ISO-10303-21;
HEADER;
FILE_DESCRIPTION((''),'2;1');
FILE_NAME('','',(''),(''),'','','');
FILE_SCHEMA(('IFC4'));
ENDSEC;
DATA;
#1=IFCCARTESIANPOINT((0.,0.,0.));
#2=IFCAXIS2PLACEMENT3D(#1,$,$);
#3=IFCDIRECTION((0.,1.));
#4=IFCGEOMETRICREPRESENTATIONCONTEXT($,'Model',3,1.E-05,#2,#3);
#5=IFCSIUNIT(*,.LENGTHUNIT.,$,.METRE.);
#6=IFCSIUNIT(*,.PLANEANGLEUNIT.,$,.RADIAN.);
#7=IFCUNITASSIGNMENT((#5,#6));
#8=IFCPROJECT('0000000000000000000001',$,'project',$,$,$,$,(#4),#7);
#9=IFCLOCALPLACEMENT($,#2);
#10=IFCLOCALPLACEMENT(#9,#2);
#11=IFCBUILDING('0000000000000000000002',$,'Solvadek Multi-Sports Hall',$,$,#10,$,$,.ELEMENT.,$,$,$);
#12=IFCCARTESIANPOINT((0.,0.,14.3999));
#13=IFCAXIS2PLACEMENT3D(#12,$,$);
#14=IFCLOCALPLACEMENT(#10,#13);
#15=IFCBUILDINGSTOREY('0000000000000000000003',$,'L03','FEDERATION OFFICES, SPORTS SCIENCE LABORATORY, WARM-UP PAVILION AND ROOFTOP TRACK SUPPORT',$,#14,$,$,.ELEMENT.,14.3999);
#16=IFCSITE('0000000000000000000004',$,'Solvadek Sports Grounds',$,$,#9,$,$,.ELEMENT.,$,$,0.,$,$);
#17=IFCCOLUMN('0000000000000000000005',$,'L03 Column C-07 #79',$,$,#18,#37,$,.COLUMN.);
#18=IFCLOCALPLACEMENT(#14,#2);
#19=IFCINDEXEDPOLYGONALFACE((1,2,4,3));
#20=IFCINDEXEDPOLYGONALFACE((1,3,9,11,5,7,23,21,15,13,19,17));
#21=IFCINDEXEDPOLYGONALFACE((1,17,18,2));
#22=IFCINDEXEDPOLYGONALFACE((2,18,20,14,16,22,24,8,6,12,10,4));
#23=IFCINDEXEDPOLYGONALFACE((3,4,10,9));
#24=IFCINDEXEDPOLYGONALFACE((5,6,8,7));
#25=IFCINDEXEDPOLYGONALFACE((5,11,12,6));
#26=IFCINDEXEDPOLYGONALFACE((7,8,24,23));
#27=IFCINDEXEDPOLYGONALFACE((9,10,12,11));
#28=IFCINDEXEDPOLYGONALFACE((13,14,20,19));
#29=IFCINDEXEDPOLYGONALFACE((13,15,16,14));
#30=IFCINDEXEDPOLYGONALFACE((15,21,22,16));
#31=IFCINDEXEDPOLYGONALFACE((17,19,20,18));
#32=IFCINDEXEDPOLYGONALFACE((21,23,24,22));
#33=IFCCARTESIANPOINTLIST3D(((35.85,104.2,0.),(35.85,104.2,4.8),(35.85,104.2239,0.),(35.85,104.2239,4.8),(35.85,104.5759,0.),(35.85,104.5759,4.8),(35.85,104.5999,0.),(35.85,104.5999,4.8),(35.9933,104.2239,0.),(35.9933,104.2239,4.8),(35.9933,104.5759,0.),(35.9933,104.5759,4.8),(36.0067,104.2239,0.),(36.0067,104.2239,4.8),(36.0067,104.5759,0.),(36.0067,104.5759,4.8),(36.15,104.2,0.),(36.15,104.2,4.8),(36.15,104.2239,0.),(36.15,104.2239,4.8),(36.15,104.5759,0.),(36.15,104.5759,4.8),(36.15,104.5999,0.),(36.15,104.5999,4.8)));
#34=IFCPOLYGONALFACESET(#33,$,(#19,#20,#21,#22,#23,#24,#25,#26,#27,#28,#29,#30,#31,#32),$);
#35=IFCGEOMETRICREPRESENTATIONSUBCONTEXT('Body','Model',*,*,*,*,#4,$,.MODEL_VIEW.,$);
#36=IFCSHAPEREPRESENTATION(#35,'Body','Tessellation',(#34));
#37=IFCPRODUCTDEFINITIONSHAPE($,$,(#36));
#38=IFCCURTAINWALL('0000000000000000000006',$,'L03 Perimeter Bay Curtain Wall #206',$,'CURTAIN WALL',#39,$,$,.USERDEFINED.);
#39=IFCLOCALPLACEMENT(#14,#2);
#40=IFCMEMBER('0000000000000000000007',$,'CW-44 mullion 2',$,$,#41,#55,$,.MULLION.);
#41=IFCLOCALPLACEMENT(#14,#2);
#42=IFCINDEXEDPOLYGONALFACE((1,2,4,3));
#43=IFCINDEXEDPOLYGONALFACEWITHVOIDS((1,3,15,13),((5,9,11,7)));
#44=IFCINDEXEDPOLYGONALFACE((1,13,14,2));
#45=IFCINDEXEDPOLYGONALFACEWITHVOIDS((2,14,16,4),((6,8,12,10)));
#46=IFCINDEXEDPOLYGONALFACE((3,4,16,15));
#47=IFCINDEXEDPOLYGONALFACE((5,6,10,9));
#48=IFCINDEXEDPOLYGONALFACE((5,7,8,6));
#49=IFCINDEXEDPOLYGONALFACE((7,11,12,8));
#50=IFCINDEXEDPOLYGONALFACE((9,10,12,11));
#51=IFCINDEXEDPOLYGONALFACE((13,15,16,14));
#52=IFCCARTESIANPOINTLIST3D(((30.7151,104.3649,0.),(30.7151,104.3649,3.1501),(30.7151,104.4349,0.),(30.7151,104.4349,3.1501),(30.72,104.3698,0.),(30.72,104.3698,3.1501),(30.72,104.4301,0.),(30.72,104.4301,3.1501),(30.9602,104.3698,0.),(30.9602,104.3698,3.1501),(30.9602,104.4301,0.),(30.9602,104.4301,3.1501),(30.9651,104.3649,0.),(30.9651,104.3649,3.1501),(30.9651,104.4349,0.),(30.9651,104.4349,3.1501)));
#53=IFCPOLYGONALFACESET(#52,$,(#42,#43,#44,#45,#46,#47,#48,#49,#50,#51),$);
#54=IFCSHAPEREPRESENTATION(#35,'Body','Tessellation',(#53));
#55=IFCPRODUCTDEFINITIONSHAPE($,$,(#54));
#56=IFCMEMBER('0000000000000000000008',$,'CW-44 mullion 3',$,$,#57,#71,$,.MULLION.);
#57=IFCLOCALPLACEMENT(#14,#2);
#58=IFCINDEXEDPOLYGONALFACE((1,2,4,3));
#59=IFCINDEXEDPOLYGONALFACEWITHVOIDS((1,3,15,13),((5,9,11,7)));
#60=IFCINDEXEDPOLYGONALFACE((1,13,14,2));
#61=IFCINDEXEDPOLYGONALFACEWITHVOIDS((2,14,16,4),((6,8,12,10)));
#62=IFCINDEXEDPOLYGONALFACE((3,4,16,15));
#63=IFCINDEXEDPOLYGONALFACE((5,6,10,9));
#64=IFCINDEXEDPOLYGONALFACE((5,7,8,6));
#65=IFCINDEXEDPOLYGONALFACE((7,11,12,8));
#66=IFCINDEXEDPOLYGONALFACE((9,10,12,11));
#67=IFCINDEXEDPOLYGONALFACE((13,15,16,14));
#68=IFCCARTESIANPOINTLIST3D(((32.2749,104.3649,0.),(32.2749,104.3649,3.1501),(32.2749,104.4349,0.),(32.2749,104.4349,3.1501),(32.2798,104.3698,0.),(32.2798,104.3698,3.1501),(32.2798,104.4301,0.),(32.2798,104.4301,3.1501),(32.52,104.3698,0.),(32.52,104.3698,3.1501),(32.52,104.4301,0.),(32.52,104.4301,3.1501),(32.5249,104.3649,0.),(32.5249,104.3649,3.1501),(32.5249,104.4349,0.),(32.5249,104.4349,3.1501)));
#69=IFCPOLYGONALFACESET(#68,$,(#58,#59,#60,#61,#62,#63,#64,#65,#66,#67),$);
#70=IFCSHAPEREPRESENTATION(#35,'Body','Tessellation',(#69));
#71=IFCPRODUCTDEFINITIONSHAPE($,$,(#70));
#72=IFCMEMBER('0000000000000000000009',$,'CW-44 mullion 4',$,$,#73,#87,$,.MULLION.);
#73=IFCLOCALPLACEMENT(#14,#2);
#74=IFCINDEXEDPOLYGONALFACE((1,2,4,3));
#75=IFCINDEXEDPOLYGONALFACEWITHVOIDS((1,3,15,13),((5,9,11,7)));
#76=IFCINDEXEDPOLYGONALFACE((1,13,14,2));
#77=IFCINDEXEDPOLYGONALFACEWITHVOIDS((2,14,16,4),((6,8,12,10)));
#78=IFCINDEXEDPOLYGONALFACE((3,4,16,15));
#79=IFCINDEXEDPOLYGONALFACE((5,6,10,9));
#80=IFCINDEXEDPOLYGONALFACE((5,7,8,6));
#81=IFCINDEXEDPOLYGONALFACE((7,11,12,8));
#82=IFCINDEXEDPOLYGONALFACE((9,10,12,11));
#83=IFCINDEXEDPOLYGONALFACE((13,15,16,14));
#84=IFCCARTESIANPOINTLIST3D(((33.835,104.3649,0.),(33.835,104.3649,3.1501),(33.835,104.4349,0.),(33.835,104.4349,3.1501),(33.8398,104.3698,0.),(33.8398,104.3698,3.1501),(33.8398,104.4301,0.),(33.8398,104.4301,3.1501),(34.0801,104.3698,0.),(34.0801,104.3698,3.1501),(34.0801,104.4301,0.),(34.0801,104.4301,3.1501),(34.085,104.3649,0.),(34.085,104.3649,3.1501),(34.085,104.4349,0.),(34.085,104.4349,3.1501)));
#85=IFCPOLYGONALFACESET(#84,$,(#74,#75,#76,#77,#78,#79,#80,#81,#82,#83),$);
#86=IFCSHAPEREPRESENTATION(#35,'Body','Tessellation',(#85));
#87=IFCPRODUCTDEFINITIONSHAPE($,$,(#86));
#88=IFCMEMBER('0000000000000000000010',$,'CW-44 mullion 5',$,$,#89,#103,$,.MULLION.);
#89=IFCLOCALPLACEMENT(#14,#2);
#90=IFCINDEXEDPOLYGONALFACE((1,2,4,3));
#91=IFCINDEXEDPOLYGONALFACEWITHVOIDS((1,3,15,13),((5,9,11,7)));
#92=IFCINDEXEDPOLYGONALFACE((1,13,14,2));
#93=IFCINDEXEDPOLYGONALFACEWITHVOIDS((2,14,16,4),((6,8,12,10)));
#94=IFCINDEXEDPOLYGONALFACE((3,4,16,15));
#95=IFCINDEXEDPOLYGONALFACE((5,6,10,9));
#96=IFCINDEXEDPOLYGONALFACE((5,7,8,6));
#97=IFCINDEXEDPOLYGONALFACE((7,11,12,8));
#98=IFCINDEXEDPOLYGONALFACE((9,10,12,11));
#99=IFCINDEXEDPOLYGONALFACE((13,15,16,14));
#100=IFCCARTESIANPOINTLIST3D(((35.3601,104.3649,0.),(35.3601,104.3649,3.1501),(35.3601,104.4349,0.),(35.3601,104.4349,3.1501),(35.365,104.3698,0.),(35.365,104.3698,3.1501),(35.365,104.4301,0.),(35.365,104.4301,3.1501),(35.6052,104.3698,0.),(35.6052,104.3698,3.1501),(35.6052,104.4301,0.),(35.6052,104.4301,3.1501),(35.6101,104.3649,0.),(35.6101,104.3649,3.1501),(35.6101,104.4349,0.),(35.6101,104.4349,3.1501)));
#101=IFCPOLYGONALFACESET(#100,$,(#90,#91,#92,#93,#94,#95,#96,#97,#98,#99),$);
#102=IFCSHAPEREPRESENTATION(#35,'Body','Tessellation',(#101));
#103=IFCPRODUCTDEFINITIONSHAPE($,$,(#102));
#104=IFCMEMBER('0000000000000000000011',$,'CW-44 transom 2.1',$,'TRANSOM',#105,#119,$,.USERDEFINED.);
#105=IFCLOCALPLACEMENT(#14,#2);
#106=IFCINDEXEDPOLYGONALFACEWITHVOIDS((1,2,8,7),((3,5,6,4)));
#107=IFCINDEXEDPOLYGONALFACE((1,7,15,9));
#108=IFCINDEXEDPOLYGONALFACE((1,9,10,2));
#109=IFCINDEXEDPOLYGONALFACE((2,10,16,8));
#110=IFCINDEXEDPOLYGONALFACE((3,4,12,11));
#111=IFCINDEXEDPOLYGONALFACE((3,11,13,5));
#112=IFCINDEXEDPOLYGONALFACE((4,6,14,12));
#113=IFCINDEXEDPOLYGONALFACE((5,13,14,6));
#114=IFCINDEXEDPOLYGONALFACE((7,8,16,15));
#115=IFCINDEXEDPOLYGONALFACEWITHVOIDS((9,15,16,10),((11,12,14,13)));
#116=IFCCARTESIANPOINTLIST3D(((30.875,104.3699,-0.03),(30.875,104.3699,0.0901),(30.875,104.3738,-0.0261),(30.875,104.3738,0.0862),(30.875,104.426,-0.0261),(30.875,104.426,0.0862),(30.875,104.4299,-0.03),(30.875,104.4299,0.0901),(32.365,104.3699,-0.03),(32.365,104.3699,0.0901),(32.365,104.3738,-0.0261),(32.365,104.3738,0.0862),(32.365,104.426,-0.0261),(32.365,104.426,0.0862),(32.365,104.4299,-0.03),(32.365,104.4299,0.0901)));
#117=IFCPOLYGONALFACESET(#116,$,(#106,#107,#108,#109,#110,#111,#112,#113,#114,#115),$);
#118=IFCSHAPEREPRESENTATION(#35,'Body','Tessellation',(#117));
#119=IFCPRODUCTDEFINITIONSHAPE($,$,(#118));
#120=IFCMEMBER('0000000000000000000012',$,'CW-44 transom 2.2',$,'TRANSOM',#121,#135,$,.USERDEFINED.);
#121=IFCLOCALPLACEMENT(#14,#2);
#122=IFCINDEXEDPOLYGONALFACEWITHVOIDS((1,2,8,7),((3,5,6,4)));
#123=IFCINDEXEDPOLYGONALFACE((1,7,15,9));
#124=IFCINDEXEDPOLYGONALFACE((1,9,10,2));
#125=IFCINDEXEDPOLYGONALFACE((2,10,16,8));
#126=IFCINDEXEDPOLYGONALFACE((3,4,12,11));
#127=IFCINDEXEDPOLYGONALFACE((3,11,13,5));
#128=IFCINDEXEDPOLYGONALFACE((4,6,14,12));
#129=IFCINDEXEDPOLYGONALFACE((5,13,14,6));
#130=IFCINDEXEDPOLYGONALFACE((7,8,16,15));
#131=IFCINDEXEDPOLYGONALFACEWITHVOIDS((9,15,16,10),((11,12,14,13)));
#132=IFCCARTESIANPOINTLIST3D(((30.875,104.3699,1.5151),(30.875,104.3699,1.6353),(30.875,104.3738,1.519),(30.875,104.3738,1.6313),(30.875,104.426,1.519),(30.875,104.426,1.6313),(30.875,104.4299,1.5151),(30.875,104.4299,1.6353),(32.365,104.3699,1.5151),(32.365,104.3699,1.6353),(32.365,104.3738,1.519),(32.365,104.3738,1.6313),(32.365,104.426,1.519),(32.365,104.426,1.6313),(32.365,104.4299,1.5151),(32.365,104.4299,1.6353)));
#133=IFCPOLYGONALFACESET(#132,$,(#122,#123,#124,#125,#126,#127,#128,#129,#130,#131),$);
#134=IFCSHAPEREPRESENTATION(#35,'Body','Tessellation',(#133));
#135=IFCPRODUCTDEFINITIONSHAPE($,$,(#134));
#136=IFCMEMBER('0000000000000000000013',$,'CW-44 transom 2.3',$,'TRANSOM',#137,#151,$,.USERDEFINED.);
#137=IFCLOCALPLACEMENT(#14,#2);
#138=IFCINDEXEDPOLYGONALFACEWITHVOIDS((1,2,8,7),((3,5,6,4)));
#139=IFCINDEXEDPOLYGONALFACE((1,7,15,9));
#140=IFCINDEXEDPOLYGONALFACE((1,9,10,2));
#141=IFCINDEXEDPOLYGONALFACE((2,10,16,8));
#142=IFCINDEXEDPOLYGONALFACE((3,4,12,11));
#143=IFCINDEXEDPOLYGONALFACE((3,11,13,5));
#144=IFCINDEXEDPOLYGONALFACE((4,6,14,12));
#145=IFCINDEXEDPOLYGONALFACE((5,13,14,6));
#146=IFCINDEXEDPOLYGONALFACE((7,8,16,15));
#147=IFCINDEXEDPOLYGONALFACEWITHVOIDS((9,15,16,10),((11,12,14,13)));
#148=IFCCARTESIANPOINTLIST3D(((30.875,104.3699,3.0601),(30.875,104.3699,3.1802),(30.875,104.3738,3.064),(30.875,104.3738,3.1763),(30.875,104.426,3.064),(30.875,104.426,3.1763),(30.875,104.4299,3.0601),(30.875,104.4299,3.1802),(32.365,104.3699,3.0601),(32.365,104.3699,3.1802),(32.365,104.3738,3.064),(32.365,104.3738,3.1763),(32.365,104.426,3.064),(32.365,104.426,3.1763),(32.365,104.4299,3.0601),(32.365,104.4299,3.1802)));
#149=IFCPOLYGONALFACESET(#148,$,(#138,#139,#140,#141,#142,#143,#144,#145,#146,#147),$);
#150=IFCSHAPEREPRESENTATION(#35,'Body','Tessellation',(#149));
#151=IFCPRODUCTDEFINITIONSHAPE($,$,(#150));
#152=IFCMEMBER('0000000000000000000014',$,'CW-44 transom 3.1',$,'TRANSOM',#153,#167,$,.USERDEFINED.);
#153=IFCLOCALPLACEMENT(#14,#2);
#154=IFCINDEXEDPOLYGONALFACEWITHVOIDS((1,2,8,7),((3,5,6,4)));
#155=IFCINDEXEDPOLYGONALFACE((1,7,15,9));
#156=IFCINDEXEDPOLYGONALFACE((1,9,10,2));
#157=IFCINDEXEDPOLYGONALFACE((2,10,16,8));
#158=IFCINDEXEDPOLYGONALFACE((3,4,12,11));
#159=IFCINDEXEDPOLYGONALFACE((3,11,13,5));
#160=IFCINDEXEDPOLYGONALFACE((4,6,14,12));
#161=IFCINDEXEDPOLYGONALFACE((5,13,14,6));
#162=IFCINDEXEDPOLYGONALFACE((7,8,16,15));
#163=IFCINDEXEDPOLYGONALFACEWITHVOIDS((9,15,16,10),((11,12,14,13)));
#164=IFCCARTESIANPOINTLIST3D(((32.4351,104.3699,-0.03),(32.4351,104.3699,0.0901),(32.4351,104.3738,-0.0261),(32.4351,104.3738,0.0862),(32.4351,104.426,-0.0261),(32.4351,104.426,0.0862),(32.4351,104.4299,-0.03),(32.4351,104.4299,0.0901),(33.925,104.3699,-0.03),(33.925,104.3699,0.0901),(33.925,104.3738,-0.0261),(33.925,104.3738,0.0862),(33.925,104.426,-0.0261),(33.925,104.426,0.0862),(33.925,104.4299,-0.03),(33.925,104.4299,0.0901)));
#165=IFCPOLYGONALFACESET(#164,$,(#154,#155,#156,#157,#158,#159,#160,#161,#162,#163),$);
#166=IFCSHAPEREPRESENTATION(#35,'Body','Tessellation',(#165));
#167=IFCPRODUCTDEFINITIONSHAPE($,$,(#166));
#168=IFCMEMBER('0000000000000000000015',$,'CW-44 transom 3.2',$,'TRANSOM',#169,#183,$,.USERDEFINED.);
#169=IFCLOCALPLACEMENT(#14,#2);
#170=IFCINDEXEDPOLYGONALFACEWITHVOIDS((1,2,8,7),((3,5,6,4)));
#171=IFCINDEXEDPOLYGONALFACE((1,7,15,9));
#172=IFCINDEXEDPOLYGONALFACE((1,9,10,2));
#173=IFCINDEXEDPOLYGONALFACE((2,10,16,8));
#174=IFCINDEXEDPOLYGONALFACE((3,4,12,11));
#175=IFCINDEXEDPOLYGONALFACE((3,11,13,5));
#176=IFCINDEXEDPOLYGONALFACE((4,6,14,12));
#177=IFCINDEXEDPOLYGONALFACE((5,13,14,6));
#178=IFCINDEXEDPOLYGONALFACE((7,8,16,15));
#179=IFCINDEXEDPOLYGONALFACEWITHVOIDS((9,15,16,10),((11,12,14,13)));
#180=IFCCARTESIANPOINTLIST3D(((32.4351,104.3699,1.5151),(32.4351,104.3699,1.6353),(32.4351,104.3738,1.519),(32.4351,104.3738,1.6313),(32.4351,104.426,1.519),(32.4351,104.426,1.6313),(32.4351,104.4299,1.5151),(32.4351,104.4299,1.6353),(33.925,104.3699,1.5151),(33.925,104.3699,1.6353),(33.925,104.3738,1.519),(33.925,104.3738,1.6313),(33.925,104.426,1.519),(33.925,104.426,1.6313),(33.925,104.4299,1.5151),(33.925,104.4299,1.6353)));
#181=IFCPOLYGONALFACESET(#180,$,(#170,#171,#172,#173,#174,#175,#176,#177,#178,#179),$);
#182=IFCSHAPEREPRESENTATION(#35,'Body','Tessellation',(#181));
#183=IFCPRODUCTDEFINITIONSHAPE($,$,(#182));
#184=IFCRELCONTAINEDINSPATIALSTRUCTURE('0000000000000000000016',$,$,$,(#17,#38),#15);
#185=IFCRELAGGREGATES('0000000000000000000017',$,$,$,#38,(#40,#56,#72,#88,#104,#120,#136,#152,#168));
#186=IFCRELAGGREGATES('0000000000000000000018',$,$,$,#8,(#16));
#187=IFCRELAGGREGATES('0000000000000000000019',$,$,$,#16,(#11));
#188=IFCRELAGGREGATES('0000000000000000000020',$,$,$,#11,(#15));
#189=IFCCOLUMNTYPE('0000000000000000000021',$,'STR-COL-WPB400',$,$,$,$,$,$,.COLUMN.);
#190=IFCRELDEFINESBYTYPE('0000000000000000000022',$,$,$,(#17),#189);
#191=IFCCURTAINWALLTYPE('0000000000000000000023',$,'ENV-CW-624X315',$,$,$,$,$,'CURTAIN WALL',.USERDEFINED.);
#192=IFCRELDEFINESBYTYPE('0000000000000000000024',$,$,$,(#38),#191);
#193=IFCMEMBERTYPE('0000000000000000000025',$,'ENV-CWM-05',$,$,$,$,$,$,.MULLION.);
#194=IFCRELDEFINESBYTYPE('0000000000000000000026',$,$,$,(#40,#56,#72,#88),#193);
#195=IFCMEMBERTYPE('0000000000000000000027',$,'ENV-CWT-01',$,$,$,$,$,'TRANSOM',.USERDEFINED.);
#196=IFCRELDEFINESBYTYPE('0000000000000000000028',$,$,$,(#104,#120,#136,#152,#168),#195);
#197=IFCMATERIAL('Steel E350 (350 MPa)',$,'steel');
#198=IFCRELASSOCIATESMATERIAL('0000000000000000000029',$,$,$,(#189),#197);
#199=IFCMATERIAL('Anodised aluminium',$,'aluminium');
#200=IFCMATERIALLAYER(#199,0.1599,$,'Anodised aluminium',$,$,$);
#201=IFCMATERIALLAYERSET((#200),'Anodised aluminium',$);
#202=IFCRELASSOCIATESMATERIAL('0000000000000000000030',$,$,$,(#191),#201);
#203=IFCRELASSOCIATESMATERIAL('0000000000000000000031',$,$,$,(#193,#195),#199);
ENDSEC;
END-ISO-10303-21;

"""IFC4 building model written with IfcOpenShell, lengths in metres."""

from ifc_helpers import new_model, si_unit, direction, frame, origin, origin_2d, place, context, subcontext, project, spatial, hollow_rectangle, i_section, extrude, material, layer, layer_set, material_profile, profile_set, type_object, element, aggregate, save


model = new_model("IFC4")

# Units and contexts
model_context = context("Model", 3, precision=1e-05, world=origin(), true_north=direction((0.0, 1.0)))
body_context = subcontext(model_context, "Body", "Model", "MODEL_VIEW")
ifc_project = project(units=[si_unit("LENGTHUNIT", "METRE"), si_unit("PLANEANGLEUNIT", "RADIAN")], contexts=[model_context])

# Site, building, storey
site_placement = place(None, origin())
site = spatial("IfcSite", under=ifc_project, at=site_placement, Name="Solvadek Sports Grounds", CompositionType="ELEMENT", RefElevation=0.0)
building_placement = place(site_placement, origin())
building = spatial("IfcBuilding", under=site, at=building_placement, Name="Solvadek Multi-Sports Hall", CompositionType="ELEMENT")
storey_placement = place(building_placement, frame((0.0, 0.0, 14.3999)))
storey = spatial("IfcBuildingStorey", under=building, at=storey_placement, Name="L03", Description="FEDERATION OFFICES, SPORTS SCIENCE LABORATORY, WARM-UP PAVILION AND ROOFTOP TRACK SUPPORT", CompositionType="ELEMENT", Elevation=14.3999)

# Column
ifc_material_1 = material(Name="Steel E350 (350 MPa)", Category="steel")
ifc_material_profile_1 = material_profile(ifc_material_1, i_section(OverallWidth=0.3, OverallDepth=0.3999, WebThickness=0.0134, FlangeThickness=0.0239, at=origin_2d()), Name="WPB 400")
ifc_profile_set_1 = profile_set([ifc_material_profile_1], Name="Steel E350 (350 MPa)")
column_type = type_object("IfcColumnType", Name="STR-COL-WPB400", PredefinedType="COLUMN", material=ifc_profile_set_1)
column_placement = place(storey_placement, frame((36.0, 104.3999, 0.0), z_axis=(0.0, 0.0, 1.0), x_axis=(1.0, 0.0, 0.0)))
element("IfcColumn", 1, at=column_placement, inside=storey, type_object=column_type, Name="L03 Column C-07 #79", PredefinedType="COLUMN", context=body_context, shape_type="SweptSolid", body=[
    extrude(i_section(OverallWidth=0.3, OverallDepth=0.3999, WebThickness=0.0134, FlangeThickness=0.0239, at=origin_2d()), origin(), (0.0, 0.0, 1.0), 4.8),
])

# Curtain wall, members
ifc_material_2 = material(Name="Anodised aluminium", Category="aluminium")
ifc_layer_1 = layer(ifc_material_2, 0.1599, Name="Anodised aluminium")
ifc_layer_set_1 = layer_set([ifc_layer_1], Name="Anodised aluminium")
curtain_wall_type = type_object("IfcCurtainWallType", Name="ENV-CW-624X315", ElementType="CURTAIN WALL", PredefinedType="USERDEFINED", material=ifc_layer_set_1)
curtain_wall_placement = place(storey_placement, origin())
curtain_wall = element("IfcCurtainWall", 2, at=curtain_wall_placement, inside=storey, type_object=curtain_wall_type, Name="L03 Perimeter Bay Curtain Wall #206", ObjectType="CURTAIN WALL", PredefinedType="USERDEFINED")
ifc_material_profile_2 = material_profile(ifc_material_2, hollow_rectangle(XDim=0.0701, YDim=0.25, WallThickness=0.0049, at=origin_2d()), Name="ALU-M 250x70x5")
ifc_profile_set_2 = profile_set([ifc_material_profile_2], Name="Anodised aluminium")
member_type_1 = type_object("IfcMemberType", Name="ENV-CWM-05", PredefinedType="MULLION", material=ifc_profile_set_2)
member_1_placement = place(storey_placement, frame((30.8401, 104.3999, 0.0), z_axis=(0.0, 0.0, 1.0), x_axis=(0.0, 1.0, 0.0)))
member_1 = element("IfcMember", 3, at=member_1_placement, type_object=member_type_1, Name="CW-44 mullion 2", PredefinedType="MULLION", context=body_context, shape_type="SweptSolid", body=[
    extrude(hollow_rectangle(XDim=0.0701, YDim=0.25, WallThickness=0.0049, at=origin_2d()), origin(), (0.0, 0.0, 1.0), 3.1501),
])
member_2_placement = place(storey_placement, frame((32.3999, 104.3999, 0.0), z_axis=(0.0, 0.0, 1.0), x_axis=(0.0, 1.0, 0.0)))
member_2 = element("IfcMember", 4, at=member_2_placement, type_object=member_type_1, Name="CW-44 mullion 3", PredefinedType="MULLION", context=body_context, shape_type="SweptSolid", body=[
    extrude(hollow_rectangle(XDim=0.0701, YDim=0.25, WallThickness=0.0049, at=origin_2d()), origin(), (0.0, 0.0, 1.0), 3.1501),
])
member_3_placement = place(storey_placement, frame((33.96, 104.3999, 0.0), z_axis=(0.0, 0.0, 1.0), x_axis=(0.0, 1.0, 0.0)))
member_3 = element("IfcMember", 5, at=member_3_placement, type_object=member_type_1, Name="CW-44 mullion 4", PredefinedType="MULLION", context=body_context, shape_type="SweptSolid", body=[
    extrude(hollow_rectangle(XDim=0.0701, YDim=0.25, WallThickness=0.0049, at=origin_2d()), origin(), (0.0, 0.0, 1.0), 3.1501),
])
member_4_placement = place(storey_placement, frame((35.4851, 104.3999, 0.0), z_axis=(0.0, 0.0, 1.0), x_axis=(0.0, 1.0, 0.0)))
member_4 = element("IfcMember", 6, at=member_4_placement, type_object=member_type_1, Name="CW-44 mullion 5", PredefinedType="MULLION", context=body_context, shape_type="SweptSolid", body=[
    extrude(hollow_rectangle(XDim=0.0701, YDim=0.25, WallThickness=0.0049, at=origin_2d()), origin(), (0.0, 0.0, 1.0), 3.1501),
])
ifc_material_profile_3 = material_profile(ifc_material_2, hollow_rectangle(XDim=0.0601, YDim=0.1201, WallThickness=0.0039, at=origin_2d()), Name="ALU-T 120x60x4")
ifc_profile_set_3 = profile_set([ifc_material_profile_3], Name="Anodised aluminium")
member_type_2 = type_object("IfcMemberType", Name="ENV-CWT-01", ElementType="TRANSOM", PredefinedType="USERDEFINED", material=ifc_profile_set_3)
member_5_placement = place(storey_placement, frame((30.875, 104.3999, 0.03), z_axis=(1.0, 0.0, 0.0), x_axis=(0.0, 1.0, 0.0)))
member_5 = element("IfcMember", 7, at=member_5_placement, type_object=member_type_2, Name="CW-44 transom 2.1", ObjectType="TRANSOM", PredefinedType="USERDEFINED", context=body_context, shape_type="SweptSolid", body=[
    extrude(hollow_rectangle(XDim=0.0601, YDim=0.1201, WallThickness=0.0039, at=origin_2d()), origin(), (0.0, 0.0, 1.0), 1.49),
])
member_6_placement = place(storey_placement, frame((30.875, 104.3999, 1.5752), z_axis=(1.0, 0.0, 0.0), x_axis=(0.0, 1.0, 0.0)))
member_6 = element("IfcMember", 8, at=member_6_placement, type_object=member_type_2, Name="CW-44 transom 2.2", ObjectType="TRANSOM", PredefinedType="USERDEFINED", context=body_context, shape_type="SweptSolid", body=[
    extrude(hollow_rectangle(XDim=0.0601, YDim=0.1201, WallThickness=0.0039, at=origin_2d()), origin(), (0.0, 0.0, 1.0), 1.49),
])
member_7_placement = place(storey_placement, frame((30.875, 104.3999, 3.1201), z_axis=(1.0, 0.0, 0.0), x_axis=(0.0, 1.0, 0.0)))
member_7 = element("IfcMember", 9, at=member_7_placement, type_object=member_type_2, Name="CW-44 transom 2.3", ObjectType="TRANSOM", PredefinedType="USERDEFINED", context=body_context, shape_type="SweptSolid", body=[
    extrude(hollow_rectangle(XDim=0.0601, YDim=0.1201, WallThickness=0.0039, at=origin_2d()), origin(), (0.0, 0.0, 1.0), 1.49),
])
member_8_placement = place(storey_placement, frame((32.4351, 104.3999, 0.03), z_axis=(1.0, 0.0, 0.0), x_axis=(0.0, 1.0, 0.0)))
member_8 = element("IfcMember", 10, at=member_8_placement, type_object=member_type_2, Name="CW-44 transom 3.1", ObjectType="TRANSOM", PredefinedType="USERDEFINED", context=body_context, shape_type="SweptSolid", body=[
    extrude(hollow_rectangle(XDim=0.0601, YDim=0.1201, WallThickness=0.0039, at=origin_2d()), origin(), (0.0, 0.0, 1.0), 1.49),
])
member_9_placement = place(storey_placement, frame((32.4351, 104.3999, 1.5752), z_axis=(1.0, 0.0, 0.0), x_axis=(0.0, 1.0, 0.0)))
member_9 = element("IfcMember", 11, at=member_9_placement, type_object=member_type_2, Name="CW-44 transom 3.2", ObjectType="TRANSOM", PredefinedType="USERDEFINED", context=body_context, shape_type="SweptSolid", body=[
    extrude(hollow_rectangle(XDim=0.0601, YDim=0.1201, WallThickness=0.0039, at=origin_2d()), origin(), (0.0, 0.0, 1.0), 1.49),
])

aggregate(curtain_wall, [member_1, member_2, member_3, member_4, member_5, member_6, member_7, member_8, member_9])

save(model, "model.ifc")
